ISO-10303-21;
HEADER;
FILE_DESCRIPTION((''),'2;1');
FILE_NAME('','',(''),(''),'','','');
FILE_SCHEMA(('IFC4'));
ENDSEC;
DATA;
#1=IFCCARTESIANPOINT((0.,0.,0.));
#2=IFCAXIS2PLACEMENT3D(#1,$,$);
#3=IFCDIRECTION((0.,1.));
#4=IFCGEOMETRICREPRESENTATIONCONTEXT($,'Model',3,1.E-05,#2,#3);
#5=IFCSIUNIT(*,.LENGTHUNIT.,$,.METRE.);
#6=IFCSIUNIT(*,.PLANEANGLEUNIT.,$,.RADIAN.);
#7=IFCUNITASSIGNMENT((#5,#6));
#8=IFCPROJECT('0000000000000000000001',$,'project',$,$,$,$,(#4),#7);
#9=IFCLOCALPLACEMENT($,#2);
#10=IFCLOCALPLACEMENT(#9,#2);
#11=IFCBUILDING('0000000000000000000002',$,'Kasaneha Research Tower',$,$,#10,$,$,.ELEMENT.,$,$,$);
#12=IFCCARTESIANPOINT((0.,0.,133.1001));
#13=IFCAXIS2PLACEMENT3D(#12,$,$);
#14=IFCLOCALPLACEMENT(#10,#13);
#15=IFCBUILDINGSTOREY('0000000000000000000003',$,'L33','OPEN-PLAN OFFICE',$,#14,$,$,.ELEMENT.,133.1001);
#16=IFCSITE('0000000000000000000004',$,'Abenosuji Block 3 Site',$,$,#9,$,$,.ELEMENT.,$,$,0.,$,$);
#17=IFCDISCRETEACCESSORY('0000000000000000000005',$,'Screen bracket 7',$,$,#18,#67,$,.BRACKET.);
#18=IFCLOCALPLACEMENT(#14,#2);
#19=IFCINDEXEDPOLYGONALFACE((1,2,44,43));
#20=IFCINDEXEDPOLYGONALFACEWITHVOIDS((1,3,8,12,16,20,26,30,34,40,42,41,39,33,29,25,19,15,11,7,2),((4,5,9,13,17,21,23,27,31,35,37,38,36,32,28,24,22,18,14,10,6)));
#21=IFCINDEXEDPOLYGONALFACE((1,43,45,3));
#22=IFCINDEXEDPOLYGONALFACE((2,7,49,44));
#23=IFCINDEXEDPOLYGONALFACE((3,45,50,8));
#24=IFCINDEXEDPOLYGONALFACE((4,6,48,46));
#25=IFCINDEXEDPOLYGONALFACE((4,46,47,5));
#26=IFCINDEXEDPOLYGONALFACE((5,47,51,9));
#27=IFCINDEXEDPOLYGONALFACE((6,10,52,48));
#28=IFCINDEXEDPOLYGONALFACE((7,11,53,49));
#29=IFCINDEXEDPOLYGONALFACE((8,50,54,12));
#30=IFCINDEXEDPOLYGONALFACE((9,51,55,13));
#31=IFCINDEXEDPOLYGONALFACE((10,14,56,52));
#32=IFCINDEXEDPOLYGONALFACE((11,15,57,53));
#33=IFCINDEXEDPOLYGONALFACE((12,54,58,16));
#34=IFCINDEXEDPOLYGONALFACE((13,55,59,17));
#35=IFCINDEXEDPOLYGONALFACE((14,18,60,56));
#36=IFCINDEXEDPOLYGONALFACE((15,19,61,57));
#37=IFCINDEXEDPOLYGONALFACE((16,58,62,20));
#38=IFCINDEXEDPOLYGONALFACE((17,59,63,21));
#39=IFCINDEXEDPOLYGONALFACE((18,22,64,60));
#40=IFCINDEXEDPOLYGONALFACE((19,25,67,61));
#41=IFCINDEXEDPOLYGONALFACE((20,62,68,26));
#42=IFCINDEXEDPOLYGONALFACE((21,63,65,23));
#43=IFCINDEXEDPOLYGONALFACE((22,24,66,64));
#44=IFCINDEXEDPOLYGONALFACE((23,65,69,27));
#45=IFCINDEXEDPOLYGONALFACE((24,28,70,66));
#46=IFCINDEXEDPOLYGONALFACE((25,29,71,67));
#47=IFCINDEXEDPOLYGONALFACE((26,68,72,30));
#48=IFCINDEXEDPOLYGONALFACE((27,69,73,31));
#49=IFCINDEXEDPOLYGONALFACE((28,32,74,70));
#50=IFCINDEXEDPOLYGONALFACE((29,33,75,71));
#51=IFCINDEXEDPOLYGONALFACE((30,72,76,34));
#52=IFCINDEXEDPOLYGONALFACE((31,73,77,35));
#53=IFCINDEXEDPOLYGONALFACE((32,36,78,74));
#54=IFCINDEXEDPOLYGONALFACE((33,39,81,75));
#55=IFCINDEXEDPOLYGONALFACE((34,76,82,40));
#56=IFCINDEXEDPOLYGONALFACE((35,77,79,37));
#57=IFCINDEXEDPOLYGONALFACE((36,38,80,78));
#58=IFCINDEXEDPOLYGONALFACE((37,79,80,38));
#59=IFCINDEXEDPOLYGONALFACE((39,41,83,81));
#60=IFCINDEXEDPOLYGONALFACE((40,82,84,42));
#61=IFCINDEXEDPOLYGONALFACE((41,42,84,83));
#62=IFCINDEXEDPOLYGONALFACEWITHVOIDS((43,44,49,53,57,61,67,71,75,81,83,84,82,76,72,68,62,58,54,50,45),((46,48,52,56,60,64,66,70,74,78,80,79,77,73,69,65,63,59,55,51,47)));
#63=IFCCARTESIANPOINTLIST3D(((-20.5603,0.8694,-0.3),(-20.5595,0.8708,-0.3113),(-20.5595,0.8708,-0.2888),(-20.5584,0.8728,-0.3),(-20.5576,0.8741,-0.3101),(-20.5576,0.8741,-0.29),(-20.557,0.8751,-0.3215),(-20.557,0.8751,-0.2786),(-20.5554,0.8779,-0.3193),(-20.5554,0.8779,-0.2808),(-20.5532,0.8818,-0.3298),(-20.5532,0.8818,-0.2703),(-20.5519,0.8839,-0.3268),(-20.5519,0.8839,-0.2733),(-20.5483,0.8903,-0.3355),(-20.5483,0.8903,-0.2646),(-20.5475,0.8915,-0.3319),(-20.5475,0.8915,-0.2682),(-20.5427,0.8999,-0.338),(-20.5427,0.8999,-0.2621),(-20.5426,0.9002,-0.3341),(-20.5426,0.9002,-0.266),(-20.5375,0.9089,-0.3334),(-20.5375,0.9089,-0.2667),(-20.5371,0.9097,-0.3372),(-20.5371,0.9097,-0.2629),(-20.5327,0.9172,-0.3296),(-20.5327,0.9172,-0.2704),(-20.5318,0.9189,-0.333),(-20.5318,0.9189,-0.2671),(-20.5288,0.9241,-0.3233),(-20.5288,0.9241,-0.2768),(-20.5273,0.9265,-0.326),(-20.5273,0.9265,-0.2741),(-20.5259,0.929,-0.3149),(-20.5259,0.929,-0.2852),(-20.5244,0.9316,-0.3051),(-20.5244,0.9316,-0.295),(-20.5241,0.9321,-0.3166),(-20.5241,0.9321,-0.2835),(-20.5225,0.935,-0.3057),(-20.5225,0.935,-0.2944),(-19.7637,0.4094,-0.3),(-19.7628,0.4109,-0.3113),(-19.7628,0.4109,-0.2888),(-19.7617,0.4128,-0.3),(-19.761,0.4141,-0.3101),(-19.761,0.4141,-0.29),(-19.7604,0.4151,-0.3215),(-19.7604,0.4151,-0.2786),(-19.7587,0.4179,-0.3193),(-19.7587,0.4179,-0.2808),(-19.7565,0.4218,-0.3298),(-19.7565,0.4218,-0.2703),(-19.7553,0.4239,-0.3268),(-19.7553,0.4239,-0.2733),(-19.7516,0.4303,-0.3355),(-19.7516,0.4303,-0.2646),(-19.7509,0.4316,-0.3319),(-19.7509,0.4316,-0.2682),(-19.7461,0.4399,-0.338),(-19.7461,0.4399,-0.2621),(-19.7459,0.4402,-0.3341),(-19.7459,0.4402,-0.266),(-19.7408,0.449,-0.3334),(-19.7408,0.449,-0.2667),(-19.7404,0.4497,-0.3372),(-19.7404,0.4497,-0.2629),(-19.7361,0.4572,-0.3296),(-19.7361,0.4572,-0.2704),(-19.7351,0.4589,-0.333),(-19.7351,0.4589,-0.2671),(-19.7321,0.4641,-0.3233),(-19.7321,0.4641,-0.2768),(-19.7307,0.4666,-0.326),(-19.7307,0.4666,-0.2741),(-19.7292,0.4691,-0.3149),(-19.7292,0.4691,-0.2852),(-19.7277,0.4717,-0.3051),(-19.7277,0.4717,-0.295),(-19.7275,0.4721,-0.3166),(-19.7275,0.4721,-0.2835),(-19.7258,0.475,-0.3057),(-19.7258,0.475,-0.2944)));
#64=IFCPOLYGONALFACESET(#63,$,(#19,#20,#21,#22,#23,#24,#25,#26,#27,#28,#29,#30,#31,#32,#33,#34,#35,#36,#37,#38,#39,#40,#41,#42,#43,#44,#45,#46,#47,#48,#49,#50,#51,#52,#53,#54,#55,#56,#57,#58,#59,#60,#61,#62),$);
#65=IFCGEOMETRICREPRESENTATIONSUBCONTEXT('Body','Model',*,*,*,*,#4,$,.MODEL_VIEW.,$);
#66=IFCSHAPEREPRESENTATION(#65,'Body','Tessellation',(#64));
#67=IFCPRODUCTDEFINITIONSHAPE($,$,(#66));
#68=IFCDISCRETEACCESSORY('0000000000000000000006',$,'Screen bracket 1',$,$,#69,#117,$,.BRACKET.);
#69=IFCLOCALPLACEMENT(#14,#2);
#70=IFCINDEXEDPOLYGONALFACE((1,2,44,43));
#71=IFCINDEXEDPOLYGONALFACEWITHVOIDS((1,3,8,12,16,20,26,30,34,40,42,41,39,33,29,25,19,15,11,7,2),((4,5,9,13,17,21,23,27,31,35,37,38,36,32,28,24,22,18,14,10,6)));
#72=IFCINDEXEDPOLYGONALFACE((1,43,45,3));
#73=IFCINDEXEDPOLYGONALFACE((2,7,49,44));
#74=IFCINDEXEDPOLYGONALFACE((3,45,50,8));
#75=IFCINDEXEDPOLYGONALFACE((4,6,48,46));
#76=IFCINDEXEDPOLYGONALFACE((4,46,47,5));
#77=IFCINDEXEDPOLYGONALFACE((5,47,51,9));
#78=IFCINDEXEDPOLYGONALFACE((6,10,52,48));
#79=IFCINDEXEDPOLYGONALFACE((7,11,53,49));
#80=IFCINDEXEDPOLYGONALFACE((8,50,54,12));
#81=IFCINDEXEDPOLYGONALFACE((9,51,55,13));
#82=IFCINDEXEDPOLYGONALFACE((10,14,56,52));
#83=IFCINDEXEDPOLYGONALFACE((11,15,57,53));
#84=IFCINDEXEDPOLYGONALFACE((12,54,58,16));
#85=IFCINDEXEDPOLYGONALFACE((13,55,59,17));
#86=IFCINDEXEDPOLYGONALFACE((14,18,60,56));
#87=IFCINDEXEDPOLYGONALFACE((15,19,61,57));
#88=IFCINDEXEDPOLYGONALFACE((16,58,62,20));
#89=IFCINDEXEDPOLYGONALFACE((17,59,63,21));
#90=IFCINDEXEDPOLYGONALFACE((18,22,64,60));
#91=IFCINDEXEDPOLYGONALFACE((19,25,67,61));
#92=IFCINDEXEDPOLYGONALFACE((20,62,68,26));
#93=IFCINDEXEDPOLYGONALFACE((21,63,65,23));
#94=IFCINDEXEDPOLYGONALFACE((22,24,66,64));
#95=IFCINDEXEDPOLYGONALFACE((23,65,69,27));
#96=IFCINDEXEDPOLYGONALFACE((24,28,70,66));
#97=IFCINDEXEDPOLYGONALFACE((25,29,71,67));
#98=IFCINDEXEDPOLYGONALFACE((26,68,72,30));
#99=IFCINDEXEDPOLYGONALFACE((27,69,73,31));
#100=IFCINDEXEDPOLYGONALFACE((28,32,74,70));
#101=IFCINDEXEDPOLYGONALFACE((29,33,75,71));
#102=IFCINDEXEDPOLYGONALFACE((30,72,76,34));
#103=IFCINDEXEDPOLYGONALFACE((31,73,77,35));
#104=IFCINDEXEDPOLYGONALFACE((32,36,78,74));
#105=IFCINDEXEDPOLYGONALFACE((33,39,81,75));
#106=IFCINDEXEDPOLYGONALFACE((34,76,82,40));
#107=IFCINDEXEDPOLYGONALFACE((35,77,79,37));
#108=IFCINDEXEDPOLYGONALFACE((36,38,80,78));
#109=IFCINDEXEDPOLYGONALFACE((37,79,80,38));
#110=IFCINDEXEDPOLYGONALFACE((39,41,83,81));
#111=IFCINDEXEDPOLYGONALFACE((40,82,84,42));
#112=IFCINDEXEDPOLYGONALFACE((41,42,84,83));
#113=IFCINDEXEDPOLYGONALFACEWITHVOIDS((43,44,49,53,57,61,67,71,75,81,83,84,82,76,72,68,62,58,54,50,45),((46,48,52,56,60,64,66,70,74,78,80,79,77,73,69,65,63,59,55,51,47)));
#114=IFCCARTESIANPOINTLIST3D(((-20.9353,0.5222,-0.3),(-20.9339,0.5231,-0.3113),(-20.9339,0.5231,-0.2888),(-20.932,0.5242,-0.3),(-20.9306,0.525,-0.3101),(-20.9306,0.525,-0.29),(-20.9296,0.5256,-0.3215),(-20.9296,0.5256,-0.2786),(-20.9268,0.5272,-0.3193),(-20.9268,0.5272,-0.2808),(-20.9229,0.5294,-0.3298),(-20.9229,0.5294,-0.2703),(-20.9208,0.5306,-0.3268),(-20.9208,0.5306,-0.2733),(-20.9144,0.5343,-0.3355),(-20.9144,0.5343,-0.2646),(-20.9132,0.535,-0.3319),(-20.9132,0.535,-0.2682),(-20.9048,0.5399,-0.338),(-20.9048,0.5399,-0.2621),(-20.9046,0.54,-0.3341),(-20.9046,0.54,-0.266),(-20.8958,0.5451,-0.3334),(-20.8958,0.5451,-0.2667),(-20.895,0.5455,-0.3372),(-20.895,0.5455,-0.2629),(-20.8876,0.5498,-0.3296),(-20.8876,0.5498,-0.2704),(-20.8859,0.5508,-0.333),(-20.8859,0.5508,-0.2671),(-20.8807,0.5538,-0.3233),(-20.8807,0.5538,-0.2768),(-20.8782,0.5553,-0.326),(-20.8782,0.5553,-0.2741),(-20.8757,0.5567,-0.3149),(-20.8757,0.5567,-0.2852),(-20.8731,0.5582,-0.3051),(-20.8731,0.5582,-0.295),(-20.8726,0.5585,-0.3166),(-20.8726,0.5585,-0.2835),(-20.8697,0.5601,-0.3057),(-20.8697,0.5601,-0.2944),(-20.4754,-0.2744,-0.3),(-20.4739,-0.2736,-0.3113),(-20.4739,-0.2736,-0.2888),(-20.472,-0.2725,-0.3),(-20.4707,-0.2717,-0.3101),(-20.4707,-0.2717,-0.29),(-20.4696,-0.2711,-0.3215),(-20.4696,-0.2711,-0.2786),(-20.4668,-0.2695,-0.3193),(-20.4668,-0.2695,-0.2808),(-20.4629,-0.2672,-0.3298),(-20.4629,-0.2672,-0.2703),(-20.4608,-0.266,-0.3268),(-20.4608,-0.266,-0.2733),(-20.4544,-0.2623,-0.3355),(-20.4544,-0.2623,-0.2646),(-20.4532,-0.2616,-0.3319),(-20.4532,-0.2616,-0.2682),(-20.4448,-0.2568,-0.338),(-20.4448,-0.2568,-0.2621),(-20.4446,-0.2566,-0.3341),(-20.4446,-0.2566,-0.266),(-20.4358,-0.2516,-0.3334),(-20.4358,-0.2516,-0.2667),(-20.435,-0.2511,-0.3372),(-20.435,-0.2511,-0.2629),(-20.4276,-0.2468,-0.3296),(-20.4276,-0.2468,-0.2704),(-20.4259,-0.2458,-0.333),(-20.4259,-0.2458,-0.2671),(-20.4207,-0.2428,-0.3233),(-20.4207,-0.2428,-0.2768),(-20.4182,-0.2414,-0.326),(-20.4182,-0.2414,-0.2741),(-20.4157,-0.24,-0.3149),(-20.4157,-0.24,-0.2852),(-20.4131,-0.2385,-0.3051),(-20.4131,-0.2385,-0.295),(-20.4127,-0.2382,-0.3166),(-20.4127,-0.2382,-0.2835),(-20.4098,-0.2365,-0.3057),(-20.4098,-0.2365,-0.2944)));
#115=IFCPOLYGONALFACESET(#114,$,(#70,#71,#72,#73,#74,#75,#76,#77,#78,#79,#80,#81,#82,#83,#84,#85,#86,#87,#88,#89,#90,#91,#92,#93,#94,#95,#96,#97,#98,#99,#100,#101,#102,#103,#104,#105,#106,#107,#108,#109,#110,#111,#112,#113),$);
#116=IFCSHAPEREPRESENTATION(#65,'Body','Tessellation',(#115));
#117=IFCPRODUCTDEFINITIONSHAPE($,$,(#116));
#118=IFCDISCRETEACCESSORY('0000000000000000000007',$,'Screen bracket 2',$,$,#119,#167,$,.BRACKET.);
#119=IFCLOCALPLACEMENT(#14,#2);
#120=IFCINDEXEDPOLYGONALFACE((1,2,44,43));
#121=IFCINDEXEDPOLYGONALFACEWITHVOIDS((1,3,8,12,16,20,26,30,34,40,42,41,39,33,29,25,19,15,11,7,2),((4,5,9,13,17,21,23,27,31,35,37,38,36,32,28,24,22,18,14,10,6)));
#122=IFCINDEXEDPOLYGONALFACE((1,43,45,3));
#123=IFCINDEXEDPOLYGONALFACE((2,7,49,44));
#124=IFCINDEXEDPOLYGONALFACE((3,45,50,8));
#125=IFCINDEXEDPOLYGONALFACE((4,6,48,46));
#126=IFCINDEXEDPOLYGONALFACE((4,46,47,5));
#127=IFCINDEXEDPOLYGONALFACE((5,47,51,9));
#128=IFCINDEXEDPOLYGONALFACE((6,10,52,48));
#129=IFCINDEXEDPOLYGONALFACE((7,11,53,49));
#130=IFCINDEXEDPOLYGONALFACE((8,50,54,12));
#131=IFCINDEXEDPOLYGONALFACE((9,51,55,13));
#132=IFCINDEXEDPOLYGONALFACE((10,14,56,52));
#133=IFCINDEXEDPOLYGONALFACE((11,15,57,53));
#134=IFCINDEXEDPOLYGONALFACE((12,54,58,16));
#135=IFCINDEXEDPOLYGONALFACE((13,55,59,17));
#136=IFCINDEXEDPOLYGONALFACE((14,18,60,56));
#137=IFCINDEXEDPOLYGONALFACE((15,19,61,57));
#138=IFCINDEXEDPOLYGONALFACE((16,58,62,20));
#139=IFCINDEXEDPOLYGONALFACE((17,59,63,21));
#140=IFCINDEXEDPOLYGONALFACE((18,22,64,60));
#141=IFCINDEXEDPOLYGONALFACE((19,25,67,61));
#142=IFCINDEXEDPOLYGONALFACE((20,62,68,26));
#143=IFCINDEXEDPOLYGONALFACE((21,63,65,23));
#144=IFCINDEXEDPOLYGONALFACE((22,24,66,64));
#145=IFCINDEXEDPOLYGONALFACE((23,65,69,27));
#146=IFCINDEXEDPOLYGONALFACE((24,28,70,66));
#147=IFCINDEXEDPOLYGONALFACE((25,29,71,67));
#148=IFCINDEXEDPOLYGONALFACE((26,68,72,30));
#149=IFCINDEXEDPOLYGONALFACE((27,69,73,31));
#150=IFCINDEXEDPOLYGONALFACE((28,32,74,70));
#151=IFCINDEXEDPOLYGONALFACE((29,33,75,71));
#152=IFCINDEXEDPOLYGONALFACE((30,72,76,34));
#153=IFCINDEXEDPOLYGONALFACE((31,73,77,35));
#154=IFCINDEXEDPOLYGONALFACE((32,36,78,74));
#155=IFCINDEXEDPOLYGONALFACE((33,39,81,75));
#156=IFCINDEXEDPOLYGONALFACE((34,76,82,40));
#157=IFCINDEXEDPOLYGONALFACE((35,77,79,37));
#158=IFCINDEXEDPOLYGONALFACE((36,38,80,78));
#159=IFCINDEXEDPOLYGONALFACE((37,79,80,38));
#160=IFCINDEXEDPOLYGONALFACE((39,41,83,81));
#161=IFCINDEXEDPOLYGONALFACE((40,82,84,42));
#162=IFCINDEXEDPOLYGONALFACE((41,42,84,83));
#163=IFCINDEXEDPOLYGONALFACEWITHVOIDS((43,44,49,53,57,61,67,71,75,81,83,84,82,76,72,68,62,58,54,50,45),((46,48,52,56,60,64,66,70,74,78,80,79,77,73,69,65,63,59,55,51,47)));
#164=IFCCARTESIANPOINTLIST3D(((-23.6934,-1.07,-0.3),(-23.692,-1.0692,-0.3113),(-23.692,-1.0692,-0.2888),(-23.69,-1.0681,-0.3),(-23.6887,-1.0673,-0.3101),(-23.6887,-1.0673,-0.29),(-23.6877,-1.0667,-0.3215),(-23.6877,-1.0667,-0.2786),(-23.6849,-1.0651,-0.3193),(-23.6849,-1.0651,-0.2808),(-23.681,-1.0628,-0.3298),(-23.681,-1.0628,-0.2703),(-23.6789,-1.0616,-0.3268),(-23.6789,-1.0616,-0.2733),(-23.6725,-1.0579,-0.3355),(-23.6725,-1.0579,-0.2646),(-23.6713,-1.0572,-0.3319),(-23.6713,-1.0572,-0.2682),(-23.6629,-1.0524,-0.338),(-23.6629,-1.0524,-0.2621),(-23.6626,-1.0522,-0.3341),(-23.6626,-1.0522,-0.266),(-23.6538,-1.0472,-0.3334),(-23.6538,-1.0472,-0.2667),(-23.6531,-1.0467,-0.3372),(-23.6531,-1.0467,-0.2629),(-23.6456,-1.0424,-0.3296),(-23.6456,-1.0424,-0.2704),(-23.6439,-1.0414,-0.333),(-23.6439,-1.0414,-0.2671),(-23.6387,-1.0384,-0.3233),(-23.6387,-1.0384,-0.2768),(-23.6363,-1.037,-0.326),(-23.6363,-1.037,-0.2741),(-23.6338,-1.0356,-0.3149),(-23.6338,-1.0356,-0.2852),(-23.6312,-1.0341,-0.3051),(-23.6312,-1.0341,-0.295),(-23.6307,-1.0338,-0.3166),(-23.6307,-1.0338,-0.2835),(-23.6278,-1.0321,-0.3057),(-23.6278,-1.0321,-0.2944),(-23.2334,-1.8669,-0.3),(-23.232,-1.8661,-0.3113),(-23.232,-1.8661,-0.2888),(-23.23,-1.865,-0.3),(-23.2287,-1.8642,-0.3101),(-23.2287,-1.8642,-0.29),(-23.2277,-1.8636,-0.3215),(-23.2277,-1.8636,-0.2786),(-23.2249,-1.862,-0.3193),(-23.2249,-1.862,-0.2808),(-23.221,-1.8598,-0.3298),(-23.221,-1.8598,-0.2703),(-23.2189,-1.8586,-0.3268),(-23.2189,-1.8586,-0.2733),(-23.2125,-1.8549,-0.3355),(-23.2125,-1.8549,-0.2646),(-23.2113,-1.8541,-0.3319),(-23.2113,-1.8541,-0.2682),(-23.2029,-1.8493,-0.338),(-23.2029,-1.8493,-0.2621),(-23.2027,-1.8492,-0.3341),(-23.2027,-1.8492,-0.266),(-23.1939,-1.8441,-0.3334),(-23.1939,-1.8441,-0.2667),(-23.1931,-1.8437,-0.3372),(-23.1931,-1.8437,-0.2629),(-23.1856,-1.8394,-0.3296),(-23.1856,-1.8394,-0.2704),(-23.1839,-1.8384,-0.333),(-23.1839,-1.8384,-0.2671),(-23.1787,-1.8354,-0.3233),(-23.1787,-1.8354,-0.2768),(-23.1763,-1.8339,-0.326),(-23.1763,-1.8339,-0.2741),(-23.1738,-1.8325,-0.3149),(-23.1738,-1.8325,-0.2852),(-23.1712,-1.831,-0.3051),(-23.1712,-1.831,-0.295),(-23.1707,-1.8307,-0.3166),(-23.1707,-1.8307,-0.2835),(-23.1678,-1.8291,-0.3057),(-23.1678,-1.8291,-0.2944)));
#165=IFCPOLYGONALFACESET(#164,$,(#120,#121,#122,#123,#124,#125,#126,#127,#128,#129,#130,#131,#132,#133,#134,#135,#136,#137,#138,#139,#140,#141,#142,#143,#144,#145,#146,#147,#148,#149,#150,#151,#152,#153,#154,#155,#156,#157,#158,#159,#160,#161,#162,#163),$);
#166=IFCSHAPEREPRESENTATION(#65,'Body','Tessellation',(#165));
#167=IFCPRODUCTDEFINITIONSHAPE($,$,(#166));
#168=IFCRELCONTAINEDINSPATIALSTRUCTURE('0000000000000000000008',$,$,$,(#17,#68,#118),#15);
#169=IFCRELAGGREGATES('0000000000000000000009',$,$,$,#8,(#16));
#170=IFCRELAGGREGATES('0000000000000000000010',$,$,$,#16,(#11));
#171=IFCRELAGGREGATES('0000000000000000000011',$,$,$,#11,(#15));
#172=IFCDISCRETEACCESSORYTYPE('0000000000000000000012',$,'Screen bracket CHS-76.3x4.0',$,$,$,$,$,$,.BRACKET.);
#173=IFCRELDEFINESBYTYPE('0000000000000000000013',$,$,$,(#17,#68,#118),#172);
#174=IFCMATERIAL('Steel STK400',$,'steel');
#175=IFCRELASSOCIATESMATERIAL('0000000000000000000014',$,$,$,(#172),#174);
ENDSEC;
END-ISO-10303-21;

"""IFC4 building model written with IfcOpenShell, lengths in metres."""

from ifc_helpers import new_model, si_unit, direction, frame, origin, origin_2d, place, context, subcontext, project, spatial, hollow_circle, extrude, material, material_profile, profile_set, type_object, element, save


model = new_model("IFC4")

# Units and contexts
model_context = context("Model", 3, precision=1e-05, world=origin(), true_north=direction((0.0, 1.0)))
body_context = subcontext(model_context, "Body", "Model", "MODEL_VIEW")
ifc_project = project(units=[si_unit("LENGTHUNIT", "METRE"), si_unit("PLANEANGLEUNIT", "RADIAN")], contexts=[model_context])

# Site, building, storey
site_placement = place(None, origin())
site = spatial("IfcSite", under=ifc_project, at=site_placement, Name="Abenosuji Block 3 Site", CompositionType="ELEMENT", RefElevation=0.0)
building_placement = place(site_placement, origin())
building = spatial("IfcBuilding", under=site, at=building_placement, Name="Kasaneha Research Tower", CompositionType="ELEMENT")
storey_placement = place(building_placement, frame((0.0, 0.0, 133.1001)))
storey = spatial("IfcBuildingStorey", under=building, at=storey_placement, Name="L33", Description="OPEN-PLAN OFFICE", CompositionType="ELEMENT", Elevation=133.1001)

# Discrete accessories
ifc_material_1 = material(Name="Steel STK400", Category="steel")
ifc_material_profile_1 = material_profile(ifc_material_1, hollow_circle(Radius=0.0381, WallThickness=0.0039, at=origin_2d()), Name="CHS-76.3x4.0")
ifc_profile_set_1 = profile_set([ifc_material_profile_1], Name="Steel STK400")
discrete_accessory_type = type_object("IfcDiscreteAccessoryType", Name="Screen bracket CHS-76.3x4.0", PredefinedType="BRACKET", material=ifc_profile_set_1)
for number, where, z_axis, x_axis, name in (
    (1, (-19.7446, 0.4424, -0.3), (-0.866013, 0.500021, 0.0), (-0.500021, -0.866013, 0.0), "Screen bracket 7"),
    (2, (-20.4424, -0.2554, -0.3), (-0.500021, 0.866013, 0.0), (-0.866013, -0.500021, 0.0), "Screen bracket 1"),
):
    element("IfcDiscreteAccessory", number, at=place(storey_placement, frame(where, z_axis=z_axis, x_axis=x_axis)), inside=storey, type_object=discrete_accessory_type, Name=name, PredefinedType="BRACKET", context=body_context, shape_type="SweptSolid", body=[
        extrude(hollow_circle(Radius=0.0381, WallThickness=0.0039, at=origin_2d()), origin(), (0.0, 0.0, 1.0), 0.9199),
    ])
discrete_accessory_placement = place(storey_placement, frame((-23.2004, -1.8479, -0.3), z_axis=(-0.499906, 0.86608, 0.0), x_axis=(-0.86608, -0.499906, 0.0)))
element("IfcDiscreteAccessory", 3, at=discrete_accessory_placement, inside=storey, type_object=discrete_accessory_type, Name="Screen bracket 2", PredefinedType="BRACKET", context=body_context, shape_type="SweptSolid", body=[
    extrude(hollow_circle(Radius=0.0381, WallThickness=0.0039, at=origin_2d()), origin(), (0.0, 0.0, 1.0), 0.9202),
])

save(model, "model.ifc")
